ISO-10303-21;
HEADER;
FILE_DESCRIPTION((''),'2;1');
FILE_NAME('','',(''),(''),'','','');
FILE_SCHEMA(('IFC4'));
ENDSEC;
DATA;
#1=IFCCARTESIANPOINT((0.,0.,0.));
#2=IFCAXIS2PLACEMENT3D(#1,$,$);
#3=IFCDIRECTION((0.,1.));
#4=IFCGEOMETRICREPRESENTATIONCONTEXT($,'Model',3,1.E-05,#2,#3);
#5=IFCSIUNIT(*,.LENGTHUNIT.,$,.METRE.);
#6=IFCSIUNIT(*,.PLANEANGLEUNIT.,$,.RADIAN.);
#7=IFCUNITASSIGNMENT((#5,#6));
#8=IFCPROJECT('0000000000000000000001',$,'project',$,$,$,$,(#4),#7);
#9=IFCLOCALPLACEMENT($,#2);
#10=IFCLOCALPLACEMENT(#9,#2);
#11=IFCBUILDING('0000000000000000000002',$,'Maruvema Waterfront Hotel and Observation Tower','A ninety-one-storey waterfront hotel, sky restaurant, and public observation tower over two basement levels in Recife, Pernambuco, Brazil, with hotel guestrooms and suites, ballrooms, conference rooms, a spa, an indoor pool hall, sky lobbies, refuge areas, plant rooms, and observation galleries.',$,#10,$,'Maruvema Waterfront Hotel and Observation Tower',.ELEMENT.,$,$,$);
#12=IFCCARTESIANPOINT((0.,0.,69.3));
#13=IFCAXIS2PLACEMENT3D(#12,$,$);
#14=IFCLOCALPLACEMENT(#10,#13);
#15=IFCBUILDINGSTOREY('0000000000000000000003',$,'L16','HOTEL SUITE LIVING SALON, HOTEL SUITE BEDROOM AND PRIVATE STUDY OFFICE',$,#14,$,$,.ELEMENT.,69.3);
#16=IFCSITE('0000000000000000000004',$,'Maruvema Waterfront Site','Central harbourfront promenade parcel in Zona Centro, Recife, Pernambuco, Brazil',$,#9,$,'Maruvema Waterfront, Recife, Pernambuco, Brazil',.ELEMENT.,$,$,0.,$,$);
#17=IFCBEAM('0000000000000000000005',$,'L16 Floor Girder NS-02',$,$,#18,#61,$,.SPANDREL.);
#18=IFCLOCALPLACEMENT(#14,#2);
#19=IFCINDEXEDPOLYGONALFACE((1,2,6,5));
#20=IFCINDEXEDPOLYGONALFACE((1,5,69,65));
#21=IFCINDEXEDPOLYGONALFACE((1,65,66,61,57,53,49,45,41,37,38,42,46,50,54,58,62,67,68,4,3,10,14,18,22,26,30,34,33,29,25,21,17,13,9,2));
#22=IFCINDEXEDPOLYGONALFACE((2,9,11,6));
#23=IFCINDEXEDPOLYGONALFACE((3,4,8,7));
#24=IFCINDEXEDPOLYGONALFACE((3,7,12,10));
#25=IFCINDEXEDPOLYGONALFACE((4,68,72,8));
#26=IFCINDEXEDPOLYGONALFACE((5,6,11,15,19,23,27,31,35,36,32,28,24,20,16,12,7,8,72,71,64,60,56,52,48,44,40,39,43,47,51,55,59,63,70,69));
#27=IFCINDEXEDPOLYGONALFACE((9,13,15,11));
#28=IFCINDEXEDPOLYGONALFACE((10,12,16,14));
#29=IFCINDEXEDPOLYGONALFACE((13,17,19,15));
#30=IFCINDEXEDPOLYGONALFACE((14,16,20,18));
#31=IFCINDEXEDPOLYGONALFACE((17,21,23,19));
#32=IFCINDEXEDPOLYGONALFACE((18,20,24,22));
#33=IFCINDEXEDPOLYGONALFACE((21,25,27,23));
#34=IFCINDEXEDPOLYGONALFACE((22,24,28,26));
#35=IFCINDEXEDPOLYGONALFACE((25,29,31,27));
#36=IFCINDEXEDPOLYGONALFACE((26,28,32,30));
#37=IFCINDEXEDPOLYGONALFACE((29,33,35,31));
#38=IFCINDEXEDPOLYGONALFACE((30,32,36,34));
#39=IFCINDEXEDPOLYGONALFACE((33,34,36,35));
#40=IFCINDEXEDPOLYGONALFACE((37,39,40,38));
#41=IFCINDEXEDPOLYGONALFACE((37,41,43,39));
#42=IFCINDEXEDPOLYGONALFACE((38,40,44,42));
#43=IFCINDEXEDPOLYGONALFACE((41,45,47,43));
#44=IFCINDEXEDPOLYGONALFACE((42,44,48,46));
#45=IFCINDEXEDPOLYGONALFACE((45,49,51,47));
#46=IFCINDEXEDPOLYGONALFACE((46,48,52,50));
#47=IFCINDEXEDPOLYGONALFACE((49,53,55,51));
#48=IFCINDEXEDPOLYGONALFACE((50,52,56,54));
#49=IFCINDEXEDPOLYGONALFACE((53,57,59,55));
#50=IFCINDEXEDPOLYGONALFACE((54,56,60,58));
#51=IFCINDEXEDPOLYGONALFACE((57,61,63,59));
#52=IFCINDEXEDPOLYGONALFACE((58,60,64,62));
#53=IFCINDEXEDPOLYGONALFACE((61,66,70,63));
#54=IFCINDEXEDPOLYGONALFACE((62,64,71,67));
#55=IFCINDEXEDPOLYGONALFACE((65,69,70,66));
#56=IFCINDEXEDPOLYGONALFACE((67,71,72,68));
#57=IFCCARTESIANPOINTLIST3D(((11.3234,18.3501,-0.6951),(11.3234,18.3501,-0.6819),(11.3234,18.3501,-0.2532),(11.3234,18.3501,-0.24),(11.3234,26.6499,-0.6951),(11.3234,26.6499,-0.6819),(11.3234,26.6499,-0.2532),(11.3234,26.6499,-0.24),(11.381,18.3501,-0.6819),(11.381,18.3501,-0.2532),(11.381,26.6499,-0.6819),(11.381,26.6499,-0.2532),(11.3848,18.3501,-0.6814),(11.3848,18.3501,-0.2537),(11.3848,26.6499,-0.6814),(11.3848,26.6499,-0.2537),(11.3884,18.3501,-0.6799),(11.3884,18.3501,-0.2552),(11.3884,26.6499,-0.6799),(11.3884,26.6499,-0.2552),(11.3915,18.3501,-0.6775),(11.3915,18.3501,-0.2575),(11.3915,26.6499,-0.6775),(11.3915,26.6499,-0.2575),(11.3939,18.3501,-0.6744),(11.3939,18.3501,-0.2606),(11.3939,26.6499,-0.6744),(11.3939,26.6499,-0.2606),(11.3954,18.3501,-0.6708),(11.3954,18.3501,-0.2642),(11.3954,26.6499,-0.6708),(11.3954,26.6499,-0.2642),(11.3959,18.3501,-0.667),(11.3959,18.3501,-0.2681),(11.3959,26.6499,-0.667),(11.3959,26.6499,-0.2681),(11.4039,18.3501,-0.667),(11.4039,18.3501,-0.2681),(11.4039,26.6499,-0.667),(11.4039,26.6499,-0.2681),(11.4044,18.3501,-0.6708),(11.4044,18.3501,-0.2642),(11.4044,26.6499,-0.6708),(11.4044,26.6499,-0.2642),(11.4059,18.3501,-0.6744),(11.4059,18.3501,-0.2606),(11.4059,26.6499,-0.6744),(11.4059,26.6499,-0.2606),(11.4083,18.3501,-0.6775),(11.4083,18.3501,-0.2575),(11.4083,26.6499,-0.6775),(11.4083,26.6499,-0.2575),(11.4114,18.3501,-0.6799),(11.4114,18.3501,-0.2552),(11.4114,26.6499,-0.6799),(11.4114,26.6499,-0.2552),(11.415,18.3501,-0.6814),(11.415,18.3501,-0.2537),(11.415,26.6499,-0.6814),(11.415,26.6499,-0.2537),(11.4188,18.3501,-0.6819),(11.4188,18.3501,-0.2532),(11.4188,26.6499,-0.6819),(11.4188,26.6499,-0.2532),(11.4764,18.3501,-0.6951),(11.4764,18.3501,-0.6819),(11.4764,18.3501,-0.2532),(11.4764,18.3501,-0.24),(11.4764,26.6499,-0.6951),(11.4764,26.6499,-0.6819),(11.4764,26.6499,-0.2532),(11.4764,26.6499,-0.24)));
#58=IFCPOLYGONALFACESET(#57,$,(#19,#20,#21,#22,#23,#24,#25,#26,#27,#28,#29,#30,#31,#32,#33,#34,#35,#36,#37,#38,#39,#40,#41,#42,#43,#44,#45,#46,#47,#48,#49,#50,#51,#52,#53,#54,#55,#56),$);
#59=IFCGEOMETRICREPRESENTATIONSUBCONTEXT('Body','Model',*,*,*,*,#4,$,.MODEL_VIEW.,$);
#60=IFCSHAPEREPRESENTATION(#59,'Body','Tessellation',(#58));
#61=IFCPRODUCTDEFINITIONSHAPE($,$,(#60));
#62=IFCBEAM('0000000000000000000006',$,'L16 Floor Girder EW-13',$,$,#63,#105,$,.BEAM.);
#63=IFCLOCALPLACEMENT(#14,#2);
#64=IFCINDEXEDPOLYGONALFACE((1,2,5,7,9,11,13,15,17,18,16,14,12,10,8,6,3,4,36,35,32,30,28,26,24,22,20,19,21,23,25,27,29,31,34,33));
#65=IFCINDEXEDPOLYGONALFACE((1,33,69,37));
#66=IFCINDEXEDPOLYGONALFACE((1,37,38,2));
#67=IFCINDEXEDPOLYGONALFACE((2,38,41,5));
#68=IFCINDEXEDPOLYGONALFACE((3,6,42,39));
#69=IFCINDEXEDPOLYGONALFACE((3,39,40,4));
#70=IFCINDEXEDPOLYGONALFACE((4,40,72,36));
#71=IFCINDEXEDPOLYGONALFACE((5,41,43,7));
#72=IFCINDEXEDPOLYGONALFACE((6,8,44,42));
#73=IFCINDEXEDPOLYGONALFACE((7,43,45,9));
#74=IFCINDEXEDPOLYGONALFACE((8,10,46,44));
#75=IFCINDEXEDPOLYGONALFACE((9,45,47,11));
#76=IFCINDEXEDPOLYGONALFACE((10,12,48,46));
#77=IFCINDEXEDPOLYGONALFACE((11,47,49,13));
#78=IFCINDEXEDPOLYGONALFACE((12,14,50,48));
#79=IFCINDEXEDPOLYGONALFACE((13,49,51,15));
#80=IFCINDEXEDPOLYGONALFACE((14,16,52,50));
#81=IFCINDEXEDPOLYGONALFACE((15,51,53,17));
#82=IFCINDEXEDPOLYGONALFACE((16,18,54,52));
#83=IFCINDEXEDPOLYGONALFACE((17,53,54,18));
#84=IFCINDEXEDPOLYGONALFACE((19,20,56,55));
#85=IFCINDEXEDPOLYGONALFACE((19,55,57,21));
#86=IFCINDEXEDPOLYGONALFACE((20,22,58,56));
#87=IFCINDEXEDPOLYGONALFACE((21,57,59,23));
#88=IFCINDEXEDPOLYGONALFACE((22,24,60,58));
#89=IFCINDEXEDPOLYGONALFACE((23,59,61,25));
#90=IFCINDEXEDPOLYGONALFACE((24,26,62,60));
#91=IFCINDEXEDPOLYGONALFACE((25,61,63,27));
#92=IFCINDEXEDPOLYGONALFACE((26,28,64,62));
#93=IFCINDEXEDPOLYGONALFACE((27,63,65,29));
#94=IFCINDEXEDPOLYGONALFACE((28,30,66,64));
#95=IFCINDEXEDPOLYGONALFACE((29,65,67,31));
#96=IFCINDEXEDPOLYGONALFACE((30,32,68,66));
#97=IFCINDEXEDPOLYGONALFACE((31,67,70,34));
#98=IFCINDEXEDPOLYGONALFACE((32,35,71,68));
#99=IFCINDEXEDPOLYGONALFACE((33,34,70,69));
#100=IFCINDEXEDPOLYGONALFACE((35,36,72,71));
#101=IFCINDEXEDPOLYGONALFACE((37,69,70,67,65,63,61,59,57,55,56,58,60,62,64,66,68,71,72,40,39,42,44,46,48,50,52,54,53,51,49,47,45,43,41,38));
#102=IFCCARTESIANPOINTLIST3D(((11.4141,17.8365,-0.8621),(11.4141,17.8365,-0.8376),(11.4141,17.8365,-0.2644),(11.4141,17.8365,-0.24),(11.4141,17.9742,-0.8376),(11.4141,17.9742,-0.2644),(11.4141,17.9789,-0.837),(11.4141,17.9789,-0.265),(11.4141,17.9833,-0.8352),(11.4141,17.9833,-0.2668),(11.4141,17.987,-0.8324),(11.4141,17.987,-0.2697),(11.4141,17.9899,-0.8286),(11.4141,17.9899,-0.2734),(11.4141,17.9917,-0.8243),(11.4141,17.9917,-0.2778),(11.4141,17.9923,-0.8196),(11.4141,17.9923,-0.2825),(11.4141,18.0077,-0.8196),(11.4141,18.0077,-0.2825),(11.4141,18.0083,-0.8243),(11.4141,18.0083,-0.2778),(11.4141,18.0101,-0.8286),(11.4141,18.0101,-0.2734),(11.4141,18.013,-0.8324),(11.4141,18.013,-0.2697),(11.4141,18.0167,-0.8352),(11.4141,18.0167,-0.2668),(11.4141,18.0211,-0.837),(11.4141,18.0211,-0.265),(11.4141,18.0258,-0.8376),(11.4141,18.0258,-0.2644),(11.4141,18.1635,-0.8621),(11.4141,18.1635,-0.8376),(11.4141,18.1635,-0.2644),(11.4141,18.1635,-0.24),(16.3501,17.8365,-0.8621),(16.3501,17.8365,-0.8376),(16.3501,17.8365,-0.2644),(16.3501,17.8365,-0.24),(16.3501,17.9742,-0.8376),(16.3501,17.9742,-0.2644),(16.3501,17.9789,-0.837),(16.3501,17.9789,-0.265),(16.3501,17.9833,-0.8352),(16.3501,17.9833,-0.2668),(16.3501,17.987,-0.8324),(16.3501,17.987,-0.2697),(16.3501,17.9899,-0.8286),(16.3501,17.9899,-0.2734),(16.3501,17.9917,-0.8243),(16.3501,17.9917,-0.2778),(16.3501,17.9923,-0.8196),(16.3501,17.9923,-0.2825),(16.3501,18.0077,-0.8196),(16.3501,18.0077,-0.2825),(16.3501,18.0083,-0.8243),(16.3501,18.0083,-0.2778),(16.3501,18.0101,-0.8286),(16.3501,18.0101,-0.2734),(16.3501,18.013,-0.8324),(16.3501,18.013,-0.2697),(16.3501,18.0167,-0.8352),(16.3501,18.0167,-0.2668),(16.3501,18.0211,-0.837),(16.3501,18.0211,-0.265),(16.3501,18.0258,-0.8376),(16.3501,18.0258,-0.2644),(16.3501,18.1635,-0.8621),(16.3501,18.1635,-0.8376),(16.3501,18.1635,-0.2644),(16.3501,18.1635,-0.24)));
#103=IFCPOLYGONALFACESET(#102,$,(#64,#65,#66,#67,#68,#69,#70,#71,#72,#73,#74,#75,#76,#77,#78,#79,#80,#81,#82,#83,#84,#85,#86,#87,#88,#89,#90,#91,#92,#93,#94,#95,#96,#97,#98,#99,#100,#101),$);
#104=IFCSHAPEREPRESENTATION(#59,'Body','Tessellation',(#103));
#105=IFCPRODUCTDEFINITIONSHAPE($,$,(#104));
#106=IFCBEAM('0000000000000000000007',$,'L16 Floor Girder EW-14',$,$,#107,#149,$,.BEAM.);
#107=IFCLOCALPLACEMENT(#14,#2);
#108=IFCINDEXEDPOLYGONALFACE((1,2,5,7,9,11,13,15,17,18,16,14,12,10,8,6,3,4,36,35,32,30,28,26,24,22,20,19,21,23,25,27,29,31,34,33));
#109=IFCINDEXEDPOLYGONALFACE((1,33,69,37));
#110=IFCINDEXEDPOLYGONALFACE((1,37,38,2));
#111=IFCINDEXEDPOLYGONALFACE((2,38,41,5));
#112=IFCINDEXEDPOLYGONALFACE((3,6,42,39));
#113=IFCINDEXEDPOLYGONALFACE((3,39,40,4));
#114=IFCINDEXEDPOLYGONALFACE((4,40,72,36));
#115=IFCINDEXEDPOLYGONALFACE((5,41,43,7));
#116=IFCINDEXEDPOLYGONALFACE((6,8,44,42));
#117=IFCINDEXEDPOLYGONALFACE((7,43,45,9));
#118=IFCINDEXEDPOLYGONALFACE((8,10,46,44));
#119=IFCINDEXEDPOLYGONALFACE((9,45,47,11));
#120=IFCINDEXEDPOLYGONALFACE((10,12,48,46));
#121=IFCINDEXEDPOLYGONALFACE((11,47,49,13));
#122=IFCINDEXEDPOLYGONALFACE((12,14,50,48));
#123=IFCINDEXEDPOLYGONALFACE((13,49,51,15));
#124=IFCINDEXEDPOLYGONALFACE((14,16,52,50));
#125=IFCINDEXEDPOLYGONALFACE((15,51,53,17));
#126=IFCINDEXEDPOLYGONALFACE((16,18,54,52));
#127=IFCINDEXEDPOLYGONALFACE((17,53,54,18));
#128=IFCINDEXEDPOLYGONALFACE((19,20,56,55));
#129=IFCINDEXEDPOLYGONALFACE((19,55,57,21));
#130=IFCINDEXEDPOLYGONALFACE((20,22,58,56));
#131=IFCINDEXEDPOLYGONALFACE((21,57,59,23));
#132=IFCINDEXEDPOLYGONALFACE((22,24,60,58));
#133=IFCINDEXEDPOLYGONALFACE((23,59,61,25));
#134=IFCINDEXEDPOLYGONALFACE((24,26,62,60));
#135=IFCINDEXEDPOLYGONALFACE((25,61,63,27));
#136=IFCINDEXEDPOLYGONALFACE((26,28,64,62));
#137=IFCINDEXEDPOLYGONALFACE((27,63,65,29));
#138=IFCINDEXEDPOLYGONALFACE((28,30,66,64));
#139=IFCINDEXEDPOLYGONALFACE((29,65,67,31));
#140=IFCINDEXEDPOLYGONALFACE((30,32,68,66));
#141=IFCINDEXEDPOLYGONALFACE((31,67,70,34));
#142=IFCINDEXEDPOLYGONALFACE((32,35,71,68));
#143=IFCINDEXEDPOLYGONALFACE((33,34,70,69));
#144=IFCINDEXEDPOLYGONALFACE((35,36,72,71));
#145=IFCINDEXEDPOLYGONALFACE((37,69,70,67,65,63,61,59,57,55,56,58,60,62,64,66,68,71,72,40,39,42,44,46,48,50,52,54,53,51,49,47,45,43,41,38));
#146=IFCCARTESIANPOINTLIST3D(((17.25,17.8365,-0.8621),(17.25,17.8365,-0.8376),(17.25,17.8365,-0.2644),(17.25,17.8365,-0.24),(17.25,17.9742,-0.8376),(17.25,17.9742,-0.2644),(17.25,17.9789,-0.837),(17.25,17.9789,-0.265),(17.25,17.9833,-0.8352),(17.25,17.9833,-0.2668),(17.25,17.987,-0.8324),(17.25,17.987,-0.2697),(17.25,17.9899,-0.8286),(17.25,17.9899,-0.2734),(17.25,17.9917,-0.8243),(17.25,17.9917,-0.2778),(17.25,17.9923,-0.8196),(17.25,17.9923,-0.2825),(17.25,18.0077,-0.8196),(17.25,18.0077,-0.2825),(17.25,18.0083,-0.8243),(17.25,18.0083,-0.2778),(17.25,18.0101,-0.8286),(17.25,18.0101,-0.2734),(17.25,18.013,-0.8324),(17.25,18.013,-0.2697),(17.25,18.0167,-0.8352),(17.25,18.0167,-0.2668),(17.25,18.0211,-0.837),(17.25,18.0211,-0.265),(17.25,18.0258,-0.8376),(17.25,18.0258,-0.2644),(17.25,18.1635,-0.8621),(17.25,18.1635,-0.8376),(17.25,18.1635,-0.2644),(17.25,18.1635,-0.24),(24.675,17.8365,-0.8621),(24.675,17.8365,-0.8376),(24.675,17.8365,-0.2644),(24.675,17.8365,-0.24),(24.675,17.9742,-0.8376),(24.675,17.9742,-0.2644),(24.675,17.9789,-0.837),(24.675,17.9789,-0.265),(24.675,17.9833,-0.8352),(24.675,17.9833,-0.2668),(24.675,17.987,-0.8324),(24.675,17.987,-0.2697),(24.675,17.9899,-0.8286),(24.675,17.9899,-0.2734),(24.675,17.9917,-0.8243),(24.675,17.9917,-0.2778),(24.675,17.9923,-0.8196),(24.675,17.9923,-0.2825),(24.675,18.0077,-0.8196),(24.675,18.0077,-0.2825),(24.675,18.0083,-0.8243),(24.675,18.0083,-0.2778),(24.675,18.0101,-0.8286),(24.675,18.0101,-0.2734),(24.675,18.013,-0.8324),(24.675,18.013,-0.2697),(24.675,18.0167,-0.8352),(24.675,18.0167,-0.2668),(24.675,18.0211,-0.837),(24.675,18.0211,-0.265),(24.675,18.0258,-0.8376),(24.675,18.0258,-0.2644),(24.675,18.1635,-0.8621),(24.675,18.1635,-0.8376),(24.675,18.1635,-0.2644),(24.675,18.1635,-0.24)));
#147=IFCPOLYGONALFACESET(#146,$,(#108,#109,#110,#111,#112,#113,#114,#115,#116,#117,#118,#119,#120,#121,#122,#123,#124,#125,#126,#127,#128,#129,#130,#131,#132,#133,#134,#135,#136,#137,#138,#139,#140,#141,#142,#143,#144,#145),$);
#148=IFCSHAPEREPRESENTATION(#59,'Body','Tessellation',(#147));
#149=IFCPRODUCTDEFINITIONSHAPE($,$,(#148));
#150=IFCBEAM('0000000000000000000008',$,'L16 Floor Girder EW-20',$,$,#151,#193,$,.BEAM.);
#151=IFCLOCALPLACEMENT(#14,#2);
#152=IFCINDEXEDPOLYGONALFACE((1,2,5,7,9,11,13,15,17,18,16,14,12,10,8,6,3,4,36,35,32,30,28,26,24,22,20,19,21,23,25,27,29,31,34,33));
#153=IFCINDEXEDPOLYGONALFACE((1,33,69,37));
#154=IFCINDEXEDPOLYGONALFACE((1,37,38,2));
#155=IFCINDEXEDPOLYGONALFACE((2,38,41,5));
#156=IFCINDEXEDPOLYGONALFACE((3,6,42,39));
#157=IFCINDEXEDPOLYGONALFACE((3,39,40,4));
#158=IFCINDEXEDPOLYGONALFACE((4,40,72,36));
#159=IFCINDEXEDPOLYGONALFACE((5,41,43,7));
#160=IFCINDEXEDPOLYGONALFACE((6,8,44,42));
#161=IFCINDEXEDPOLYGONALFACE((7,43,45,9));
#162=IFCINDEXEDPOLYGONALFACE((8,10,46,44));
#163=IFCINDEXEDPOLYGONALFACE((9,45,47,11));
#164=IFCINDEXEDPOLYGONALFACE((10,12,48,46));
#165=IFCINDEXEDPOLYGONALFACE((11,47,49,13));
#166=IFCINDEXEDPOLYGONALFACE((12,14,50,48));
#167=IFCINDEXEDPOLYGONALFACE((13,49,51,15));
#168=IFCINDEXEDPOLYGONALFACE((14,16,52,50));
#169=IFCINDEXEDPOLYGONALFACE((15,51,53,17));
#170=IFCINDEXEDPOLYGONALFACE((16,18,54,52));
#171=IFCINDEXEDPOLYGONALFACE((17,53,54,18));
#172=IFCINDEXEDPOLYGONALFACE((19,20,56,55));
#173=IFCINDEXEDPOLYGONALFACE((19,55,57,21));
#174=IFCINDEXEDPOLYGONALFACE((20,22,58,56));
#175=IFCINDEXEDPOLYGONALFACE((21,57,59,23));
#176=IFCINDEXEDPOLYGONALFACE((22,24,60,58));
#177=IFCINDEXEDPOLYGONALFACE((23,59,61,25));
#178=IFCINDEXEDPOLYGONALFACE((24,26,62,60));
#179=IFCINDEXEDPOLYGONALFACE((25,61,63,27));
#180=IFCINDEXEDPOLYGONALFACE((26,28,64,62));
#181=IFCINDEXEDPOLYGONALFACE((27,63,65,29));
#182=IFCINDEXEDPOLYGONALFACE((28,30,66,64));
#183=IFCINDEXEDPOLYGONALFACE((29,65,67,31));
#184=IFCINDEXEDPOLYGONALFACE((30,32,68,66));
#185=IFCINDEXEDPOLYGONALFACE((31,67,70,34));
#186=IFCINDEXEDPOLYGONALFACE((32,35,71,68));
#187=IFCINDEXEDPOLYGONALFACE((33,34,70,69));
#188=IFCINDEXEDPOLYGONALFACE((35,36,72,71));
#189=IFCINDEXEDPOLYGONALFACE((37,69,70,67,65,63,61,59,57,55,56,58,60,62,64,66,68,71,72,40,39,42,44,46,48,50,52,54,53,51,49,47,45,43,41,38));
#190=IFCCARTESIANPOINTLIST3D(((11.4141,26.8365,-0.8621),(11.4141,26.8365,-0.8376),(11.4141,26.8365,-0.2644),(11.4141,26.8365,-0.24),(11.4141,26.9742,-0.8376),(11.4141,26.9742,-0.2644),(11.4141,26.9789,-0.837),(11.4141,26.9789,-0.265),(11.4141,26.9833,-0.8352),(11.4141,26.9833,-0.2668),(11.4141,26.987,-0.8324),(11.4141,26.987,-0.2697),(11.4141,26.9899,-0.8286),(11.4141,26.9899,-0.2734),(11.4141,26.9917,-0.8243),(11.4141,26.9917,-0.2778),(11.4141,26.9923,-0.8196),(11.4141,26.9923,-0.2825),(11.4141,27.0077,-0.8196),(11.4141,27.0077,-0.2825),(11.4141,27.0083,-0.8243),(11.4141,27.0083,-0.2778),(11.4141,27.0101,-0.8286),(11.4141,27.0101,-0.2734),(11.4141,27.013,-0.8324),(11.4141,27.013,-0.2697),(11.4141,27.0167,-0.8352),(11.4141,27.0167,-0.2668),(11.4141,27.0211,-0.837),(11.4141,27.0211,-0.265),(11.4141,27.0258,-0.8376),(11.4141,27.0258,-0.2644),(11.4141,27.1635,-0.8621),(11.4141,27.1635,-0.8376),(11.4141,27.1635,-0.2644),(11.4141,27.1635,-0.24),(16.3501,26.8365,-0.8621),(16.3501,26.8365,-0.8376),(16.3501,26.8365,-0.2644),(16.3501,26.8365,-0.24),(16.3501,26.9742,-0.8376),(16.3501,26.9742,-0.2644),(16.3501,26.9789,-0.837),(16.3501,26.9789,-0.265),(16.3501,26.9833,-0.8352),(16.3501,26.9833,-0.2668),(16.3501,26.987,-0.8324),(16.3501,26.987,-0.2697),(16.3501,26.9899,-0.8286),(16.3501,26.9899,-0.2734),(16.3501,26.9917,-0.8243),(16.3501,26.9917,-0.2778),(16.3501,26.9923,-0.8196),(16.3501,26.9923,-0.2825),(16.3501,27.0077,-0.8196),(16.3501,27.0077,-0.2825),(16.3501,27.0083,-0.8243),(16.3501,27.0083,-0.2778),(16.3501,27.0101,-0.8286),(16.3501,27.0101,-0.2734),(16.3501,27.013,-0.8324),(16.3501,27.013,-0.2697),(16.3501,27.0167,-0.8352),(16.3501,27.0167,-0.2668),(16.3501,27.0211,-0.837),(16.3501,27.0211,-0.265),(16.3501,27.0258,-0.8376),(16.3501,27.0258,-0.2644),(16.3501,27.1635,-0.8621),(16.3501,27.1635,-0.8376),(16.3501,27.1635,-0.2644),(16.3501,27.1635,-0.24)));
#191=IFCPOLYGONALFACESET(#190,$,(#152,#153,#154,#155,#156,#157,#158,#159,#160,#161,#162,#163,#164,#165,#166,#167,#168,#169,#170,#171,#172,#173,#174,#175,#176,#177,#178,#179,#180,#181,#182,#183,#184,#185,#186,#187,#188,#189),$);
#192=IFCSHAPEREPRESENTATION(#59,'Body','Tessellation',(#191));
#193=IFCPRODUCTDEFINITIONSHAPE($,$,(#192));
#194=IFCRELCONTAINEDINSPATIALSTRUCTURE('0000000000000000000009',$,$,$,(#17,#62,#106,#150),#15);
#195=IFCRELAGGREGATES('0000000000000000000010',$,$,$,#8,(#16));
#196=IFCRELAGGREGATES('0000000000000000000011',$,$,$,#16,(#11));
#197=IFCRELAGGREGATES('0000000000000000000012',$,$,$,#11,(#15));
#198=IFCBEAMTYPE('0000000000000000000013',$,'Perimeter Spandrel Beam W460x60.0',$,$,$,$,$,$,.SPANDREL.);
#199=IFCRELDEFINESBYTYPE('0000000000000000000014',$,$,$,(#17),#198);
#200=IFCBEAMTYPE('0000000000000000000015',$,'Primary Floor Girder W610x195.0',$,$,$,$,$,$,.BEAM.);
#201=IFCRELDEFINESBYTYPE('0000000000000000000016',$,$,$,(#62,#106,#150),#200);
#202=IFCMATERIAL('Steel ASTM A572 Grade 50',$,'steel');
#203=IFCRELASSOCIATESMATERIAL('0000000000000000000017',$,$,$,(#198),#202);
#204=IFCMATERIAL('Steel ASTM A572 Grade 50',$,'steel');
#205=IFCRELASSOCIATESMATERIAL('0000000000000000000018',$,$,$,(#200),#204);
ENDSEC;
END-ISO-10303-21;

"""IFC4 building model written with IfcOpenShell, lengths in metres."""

from ifc_helpers import new_model, si_unit, direction, frame, origin, origin_2d, place, context, subcontext, project, spatial, i_section, extrude, material, material_profile, profile_set, type_object, element, save


model = new_model("IFC4")

# Units and contexts
model_context = context("Model", 3, precision=1e-05, world=origin(), true_north=direction((0.0, 1.0)))
body_context = subcontext(model_context, "Body", "Model", "MODEL_VIEW")
ifc_project = project(units=[si_unit("LENGTHUNIT", "METRE"), si_unit("PLANEANGLEUNIT", "RADIAN")], contexts=[model_context])

# Site, building, storey
site_placement = place(None, origin())
site = spatial("IfcSite", under=ifc_project, at=site_placement, Name="Maruvema Waterfront Site", Description="Central harbourfront promenade parcel in Zona Centro, Recife, Pernambuco, Brazil", LongName="Maruvema Waterfront, Recife, Pernambuco, Brazil", CompositionType="ELEMENT", RefElevation=0.0)
building_placement = place(site_placement, origin())
building = spatial("IfcBuilding", under=site, at=building_placement, Name="Maruvema Waterfront Hotel and Observation Tower", Description="A ninety-one-storey waterfront hotel, sky restaurant, and public observation tower over two basement levels in Recife, Pernambuco, Brazil, with hotel guestrooms and suites, ballrooms, conference rooms, a spa, an indoor pool hall, sky lobbies, refuge areas, plant rooms, and observation galleries.", LongName="Maruvema Waterfront Hotel and Observation Tower", CompositionType="ELEMENT")
storey_placement = place(building_placement, frame((0.0, 0.0, 69.3)))
storey = spatial("IfcBuildingStorey", under=building, at=storey_placement, Name="L16", Description="HOTEL SUITE LIVING SALON, HOTEL SUITE BEDROOM AND PRIVATE STUDY OFFICE", CompositionType="ELEMENT", Elevation=69.3)

# Beams
ifc_material_1 = material(Name="Steel ASTM A572 Grade 50", Category="steel")
ifc_material_profile_1 = material_profile(ifc_material_1, i_section(OverallWidth=0.1531, OverallDepth=0.4551, WebThickness=0.0081, FlangeThickness=0.0132, FilletRadius=0.0149, at=origin_2d()), Name="W460x60.0")
ifc_profile_set_1 = profile_set([ifc_material_profile_1], Name="Steel ASTM A572 Grade 50")
beam_type_1 = type_object("IfcBeamType", Name="Perimeter Spandrel Beam W460x60.0", PredefinedType="SPANDREL", material=ifc_profile_set_1)
beam_1_placement = place(storey_placement, frame((11.3999, 18.3501, -0.4675), z_axis=(0.0, 1.0, 0.0), x_axis=(-1.0, 0.0, 0.0)))
element("IfcBeam", 1, at=beam_1_placement, inside=storey, type_object=beam_type_1, Name="L16 Floor Girder NS-02", PredefinedType="SPANDREL", context=body_context, shape_type="SweptSolid", body=[
    extrude(i_section(OverallWidth=0.1531, OverallDepth=0.4551, WebThickness=0.0081, FlangeThickness=0.0132, FilletRadius=0.0149, at=origin_2d()), origin(), (0.0, 0.0, 1.0), 8.2998),
])
ifc_material_2 = material(Name="Steel ASTM A572 Grade 50", Category="steel")
ifc_material_profile_2 = material_profile(ifc_material_2, i_section(OverallWidth=0.3269, OverallDepth=0.6221, WebThickness=0.0154, FlangeThickness=0.0244, FilletRadius=0.0181, at=origin_2d()), Name="W610x195.0")
ifc_profile_set_2 = profile_set([ifc_material_profile_2], Name="Steel ASTM A572 Grade 50")
beam_type_2 = type_object("IfcBeamType", Name="Primary Floor Girder W610x195.0", PredefinedType="BEAM", material=ifc_profile_set_2)
beam_2_placement = place(storey_placement, frame((11.4141, 18.0, -0.551), z_axis=(1.0, 0.0, 0.0), x_axis=(0.0, 1.0, 0.0)))
element("IfcBeam", 2, at=beam_2_placement, inside=storey, type_object=beam_type_2, Name="L16 Floor Girder EW-13", PredefinedType="BEAM", context=body_context, shape_type="SweptSolid", body=[
    extrude(i_section(OverallWidth=0.3269, OverallDepth=0.6221, WebThickness=0.0154, FlangeThickness=0.0244, FilletRadius=0.0181, at=origin_2d()), origin(), (0.0, 0.0, 1.0), 4.936),
])
beam_3_placement = place(storey_placement, frame((17.25, 18.0, -0.551), z_axis=(1.0, 0.0, 0.0), x_axis=(0.0, 1.0, 0.0)))
element("IfcBeam", 3, at=beam_3_placement, inside=storey, type_object=beam_type_2, Name="L16 Floor Girder EW-14", PredefinedType="BEAM", context=body_context, shape_type="SweptSolid", body=[
    extrude(i_section(OverallWidth=0.3269, OverallDepth=0.6221, WebThickness=0.0154, FlangeThickness=0.0244, FilletRadius=0.0181, at=origin_2d()), origin(), (0.0, 0.0, 1.0), 7.425),
])
beam_4_placement = place(storey_placement, frame((11.4141, 27.0, -0.551), z_axis=(1.0, 0.0, 0.0), x_axis=(0.0, 1.0, 0.0)))
element("IfcBeam", 4, at=beam_4_placement, inside=storey, type_object=beam_type_2, Name="L16 Floor Girder EW-20", PredefinedType="BEAM", context=body_context, shape_type="SweptSolid", body=[
    extrude(i_section(OverallWidth=0.3269, OverallDepth=0.6221, WebThickness=0.0154, FlangeThickness=0.0244, FilletRadius=0.0181, at=origin_2d()), origin(), (0.0, 0.0, 1.0), 4.936),
])

save(model, "model.ifc")
